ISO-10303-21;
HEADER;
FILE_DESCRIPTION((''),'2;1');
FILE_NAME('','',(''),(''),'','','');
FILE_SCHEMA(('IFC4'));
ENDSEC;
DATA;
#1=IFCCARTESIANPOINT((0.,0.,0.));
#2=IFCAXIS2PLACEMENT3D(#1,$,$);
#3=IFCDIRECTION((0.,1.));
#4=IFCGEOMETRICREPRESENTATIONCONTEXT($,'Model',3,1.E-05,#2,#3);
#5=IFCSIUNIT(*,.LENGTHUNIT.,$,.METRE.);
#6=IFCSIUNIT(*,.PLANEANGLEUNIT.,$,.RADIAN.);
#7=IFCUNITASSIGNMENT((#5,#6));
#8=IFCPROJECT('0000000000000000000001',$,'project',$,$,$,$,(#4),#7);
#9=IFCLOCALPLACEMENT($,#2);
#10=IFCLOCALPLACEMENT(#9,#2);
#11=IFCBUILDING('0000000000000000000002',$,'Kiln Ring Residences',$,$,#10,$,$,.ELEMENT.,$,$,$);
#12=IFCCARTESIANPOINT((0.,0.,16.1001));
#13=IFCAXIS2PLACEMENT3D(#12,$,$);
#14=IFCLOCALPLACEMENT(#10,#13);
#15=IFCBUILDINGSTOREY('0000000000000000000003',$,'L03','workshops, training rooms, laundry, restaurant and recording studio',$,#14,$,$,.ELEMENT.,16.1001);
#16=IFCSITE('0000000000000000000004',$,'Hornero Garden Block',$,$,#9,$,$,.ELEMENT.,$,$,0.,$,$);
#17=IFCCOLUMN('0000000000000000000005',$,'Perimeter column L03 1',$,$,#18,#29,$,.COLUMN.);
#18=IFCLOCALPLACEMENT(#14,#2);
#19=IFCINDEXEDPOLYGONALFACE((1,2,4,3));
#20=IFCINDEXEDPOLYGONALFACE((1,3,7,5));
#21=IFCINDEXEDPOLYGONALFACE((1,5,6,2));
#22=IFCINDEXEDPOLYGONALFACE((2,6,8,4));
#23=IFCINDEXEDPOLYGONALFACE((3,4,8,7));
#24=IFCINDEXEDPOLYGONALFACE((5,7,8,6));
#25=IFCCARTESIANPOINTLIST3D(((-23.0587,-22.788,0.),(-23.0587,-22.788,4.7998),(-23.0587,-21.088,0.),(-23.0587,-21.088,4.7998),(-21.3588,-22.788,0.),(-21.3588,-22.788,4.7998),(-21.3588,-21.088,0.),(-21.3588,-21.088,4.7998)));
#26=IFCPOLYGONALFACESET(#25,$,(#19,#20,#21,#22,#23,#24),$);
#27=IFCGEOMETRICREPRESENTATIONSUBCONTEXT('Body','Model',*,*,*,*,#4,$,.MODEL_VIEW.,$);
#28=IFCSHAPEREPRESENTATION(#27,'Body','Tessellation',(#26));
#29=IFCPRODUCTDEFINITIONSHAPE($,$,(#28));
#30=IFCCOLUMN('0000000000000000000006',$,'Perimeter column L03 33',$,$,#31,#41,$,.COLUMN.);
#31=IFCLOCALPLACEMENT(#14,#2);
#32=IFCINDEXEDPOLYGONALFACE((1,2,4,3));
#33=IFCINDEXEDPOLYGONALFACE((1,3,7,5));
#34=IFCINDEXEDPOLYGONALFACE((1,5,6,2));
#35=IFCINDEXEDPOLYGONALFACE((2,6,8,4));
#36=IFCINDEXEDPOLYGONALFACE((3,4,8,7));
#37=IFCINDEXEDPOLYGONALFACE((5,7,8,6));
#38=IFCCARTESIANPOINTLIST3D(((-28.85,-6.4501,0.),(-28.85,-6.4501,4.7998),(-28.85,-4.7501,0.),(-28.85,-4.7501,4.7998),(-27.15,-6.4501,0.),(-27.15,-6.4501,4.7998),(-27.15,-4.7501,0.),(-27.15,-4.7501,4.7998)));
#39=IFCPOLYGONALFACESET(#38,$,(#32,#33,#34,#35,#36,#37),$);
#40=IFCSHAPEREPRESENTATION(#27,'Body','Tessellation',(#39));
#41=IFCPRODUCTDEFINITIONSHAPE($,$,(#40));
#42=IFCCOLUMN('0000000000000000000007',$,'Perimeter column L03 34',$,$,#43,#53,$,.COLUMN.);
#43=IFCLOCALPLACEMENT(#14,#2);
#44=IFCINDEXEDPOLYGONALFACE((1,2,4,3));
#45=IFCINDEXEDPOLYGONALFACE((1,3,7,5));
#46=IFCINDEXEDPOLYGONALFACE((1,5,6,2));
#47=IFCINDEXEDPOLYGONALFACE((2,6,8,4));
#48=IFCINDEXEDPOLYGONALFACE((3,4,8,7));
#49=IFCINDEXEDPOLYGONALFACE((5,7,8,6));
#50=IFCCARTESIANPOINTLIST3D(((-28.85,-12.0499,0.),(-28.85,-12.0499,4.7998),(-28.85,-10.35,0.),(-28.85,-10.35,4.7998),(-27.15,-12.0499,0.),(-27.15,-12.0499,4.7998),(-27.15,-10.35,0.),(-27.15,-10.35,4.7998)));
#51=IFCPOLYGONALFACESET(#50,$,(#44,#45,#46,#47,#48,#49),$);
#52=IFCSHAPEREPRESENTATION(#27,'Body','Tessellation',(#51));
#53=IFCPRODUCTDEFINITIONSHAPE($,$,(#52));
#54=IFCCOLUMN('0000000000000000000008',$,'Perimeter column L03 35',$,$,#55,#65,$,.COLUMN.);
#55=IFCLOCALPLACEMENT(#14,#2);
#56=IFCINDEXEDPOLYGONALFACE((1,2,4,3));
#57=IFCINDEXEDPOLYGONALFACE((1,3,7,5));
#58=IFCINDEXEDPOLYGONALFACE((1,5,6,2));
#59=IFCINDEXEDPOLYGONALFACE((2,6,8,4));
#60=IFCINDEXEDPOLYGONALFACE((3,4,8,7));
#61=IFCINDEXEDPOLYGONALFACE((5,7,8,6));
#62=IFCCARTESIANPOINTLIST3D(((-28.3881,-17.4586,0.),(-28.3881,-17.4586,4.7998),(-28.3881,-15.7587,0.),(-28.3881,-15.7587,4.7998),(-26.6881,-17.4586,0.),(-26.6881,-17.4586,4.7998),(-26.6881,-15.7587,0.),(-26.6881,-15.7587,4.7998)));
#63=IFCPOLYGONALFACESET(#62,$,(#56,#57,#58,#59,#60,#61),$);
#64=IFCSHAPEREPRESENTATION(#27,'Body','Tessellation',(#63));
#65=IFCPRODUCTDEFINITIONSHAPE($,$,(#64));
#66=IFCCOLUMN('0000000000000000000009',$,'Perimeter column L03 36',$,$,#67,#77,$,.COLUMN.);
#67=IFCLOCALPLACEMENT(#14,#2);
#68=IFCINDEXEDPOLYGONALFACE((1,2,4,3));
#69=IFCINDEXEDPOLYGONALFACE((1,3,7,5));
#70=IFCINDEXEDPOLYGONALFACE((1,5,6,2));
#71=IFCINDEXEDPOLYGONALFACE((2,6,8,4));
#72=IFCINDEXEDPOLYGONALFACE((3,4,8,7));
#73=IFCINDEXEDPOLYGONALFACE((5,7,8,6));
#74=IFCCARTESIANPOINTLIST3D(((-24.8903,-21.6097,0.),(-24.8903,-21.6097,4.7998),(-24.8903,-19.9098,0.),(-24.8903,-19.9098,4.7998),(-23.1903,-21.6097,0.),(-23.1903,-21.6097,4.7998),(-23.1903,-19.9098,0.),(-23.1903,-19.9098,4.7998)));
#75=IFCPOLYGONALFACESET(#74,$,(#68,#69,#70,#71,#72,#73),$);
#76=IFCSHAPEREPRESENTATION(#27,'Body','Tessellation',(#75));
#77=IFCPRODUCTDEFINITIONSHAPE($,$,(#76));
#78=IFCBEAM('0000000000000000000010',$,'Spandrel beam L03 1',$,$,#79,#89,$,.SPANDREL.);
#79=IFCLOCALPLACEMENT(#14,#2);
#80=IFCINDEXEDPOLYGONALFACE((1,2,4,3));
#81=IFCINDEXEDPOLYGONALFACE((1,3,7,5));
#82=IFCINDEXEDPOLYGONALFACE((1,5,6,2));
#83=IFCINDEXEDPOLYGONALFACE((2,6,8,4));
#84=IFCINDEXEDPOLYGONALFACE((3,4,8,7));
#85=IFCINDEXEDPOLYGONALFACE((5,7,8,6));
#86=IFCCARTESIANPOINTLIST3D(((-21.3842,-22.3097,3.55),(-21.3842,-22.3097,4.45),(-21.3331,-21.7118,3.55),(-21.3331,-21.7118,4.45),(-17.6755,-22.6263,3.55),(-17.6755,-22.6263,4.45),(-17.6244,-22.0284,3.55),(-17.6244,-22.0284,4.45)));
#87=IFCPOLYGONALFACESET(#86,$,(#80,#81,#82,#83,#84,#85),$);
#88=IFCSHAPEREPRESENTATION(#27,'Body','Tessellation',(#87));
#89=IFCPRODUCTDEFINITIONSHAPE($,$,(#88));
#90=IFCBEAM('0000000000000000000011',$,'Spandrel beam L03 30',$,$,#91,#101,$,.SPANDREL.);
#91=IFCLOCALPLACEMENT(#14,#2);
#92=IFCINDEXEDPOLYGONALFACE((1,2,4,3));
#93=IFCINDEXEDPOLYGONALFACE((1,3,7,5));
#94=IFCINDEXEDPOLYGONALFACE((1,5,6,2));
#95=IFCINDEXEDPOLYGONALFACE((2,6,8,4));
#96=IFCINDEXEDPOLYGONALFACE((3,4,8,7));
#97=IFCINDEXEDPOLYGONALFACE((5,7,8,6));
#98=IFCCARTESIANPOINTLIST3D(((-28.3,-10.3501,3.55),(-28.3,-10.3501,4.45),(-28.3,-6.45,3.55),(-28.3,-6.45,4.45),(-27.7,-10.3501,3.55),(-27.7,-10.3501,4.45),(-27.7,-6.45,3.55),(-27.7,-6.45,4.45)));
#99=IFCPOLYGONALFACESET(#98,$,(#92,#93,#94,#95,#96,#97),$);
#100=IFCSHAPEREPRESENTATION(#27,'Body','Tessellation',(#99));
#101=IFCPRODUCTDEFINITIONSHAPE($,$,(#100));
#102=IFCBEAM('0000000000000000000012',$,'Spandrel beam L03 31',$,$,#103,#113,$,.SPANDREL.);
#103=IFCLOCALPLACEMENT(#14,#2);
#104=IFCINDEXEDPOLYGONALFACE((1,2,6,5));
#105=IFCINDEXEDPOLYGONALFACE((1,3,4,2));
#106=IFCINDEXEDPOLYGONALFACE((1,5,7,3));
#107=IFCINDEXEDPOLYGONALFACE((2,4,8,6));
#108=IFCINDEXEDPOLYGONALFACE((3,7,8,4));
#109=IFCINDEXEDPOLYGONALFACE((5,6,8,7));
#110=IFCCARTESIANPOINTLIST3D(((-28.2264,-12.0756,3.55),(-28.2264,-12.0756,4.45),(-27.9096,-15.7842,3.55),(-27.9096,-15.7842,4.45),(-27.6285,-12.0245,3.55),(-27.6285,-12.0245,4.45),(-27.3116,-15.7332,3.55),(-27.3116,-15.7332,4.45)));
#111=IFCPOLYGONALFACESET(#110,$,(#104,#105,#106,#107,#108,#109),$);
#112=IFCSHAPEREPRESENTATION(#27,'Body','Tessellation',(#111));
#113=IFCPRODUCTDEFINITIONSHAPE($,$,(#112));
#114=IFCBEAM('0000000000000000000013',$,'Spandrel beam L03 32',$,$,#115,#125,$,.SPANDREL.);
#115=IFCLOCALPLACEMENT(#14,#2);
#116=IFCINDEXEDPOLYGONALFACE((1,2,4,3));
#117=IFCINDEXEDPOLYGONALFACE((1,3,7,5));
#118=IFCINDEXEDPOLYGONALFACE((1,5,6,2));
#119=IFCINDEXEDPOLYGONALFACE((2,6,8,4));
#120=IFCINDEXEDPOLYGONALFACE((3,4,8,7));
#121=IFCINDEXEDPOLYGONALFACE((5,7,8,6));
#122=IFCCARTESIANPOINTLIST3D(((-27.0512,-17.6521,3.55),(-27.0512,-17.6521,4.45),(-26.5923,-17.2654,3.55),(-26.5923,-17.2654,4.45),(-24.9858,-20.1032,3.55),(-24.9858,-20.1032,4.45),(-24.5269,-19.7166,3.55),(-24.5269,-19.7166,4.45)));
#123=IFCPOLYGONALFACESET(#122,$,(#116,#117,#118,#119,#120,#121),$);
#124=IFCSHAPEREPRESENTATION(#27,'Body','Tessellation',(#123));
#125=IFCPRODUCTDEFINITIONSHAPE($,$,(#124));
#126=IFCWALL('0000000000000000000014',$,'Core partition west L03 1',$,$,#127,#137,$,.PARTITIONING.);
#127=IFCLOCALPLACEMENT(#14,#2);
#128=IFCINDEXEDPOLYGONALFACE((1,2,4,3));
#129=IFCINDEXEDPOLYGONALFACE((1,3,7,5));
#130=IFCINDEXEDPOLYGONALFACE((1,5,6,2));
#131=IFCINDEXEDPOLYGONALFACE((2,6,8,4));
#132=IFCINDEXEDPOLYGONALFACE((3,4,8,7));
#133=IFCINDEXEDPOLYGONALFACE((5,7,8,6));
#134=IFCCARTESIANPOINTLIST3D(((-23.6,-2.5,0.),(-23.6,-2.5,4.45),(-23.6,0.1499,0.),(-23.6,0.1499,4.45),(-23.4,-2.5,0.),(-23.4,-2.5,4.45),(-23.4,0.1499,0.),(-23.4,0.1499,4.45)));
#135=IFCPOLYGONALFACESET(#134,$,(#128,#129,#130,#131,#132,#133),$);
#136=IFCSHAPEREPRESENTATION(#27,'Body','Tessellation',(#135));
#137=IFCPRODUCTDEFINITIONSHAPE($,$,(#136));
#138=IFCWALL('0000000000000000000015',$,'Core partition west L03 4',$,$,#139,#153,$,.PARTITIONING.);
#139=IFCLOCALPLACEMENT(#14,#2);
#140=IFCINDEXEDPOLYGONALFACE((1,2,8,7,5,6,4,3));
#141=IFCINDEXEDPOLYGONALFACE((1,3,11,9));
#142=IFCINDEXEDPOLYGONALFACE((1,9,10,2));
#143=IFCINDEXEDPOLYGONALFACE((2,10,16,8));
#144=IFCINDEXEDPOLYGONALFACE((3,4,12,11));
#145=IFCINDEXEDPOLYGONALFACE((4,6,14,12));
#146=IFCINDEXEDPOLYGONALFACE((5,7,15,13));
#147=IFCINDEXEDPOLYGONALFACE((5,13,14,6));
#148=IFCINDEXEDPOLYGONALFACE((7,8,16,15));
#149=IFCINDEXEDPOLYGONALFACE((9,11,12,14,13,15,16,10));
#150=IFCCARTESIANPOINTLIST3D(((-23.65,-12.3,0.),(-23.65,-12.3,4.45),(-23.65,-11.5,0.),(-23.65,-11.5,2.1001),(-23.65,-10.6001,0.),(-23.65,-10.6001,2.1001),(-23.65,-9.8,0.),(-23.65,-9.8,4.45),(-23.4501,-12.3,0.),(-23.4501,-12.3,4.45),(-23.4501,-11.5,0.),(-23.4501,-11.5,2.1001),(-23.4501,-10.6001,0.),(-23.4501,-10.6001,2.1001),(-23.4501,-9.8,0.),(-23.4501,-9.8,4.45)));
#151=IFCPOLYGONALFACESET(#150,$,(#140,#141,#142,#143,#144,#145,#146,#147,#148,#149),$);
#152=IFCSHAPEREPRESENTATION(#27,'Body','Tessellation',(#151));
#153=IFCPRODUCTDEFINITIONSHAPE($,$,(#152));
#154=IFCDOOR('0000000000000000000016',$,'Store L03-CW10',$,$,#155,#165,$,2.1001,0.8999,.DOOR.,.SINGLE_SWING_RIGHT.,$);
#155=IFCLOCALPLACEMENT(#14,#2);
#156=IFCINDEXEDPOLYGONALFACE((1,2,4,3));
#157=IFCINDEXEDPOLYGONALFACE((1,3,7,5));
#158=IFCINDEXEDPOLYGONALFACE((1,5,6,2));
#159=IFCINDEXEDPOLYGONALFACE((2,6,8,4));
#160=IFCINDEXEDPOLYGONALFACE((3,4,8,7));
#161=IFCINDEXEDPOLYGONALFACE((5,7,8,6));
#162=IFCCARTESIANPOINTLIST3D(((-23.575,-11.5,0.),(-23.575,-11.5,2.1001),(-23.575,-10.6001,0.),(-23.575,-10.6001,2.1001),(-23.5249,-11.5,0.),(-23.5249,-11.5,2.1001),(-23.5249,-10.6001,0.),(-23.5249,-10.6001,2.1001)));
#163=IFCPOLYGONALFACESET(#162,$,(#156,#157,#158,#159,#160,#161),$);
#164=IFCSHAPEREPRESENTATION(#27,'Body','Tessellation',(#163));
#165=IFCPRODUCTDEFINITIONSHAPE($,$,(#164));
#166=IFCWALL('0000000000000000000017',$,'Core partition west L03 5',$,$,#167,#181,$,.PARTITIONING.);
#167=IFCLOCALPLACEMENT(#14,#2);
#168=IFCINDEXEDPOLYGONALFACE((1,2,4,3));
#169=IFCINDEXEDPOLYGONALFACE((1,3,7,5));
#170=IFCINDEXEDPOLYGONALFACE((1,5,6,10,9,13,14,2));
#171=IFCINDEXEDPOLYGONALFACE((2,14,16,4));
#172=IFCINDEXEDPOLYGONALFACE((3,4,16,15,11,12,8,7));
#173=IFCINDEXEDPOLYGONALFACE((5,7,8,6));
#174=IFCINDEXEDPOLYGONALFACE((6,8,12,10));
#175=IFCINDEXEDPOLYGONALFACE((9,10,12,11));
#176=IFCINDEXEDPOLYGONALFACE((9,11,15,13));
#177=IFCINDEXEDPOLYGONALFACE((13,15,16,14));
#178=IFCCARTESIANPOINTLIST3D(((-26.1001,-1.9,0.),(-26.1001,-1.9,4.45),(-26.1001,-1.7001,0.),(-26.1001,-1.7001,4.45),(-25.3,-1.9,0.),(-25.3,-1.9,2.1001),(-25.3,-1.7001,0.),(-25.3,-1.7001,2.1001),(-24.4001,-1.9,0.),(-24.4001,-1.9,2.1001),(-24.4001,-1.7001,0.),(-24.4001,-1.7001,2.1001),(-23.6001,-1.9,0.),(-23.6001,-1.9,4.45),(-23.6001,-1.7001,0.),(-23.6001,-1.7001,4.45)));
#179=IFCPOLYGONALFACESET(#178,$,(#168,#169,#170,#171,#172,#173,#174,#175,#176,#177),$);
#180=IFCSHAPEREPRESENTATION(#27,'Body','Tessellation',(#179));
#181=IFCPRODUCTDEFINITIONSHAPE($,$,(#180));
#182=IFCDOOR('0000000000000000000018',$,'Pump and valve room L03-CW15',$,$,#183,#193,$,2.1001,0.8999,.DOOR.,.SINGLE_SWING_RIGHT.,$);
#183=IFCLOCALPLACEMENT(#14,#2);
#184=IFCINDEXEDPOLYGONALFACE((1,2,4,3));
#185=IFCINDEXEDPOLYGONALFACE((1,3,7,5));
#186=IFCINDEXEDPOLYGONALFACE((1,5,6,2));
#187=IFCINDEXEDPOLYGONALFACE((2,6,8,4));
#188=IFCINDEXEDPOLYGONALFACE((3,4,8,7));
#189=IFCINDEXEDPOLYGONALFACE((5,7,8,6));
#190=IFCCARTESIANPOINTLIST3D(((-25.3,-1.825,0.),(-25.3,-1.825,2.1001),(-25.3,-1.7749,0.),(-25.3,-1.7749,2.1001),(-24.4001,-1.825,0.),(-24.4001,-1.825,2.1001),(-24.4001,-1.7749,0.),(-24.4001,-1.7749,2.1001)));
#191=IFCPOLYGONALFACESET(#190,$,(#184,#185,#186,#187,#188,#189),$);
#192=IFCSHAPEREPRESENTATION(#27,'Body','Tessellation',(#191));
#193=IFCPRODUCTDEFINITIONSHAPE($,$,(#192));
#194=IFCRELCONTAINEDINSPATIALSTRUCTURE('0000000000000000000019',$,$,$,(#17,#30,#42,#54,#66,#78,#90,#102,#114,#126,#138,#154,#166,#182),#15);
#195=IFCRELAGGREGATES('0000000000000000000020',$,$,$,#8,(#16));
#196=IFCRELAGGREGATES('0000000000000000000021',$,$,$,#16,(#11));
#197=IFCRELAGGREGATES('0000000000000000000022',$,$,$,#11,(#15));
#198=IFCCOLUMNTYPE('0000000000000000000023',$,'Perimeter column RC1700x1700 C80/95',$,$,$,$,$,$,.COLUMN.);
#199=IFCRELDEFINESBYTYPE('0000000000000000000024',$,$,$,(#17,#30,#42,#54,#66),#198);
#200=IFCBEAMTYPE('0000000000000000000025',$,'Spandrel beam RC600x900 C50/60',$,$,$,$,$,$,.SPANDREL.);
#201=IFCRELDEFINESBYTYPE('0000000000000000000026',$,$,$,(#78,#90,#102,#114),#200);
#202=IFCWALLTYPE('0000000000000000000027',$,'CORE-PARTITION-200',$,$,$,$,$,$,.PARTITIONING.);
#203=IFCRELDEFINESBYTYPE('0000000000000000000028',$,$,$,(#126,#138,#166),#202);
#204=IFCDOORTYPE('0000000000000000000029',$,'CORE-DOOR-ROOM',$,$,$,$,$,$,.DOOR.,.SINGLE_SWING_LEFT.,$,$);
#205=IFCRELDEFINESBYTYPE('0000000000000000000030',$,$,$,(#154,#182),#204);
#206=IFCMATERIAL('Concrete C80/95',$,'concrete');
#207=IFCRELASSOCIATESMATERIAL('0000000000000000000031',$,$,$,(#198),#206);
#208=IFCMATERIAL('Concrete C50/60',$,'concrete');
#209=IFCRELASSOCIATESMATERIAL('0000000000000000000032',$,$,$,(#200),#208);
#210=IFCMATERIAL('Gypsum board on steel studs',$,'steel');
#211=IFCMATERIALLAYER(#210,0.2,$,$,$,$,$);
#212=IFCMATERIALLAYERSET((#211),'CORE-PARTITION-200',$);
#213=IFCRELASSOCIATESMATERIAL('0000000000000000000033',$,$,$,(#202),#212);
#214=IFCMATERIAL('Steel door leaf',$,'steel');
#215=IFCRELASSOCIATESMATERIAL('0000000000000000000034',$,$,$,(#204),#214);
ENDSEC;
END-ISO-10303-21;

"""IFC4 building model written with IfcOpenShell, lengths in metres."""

from ifc_helpers import new_model, si_unit, direction, frame, frame_2d, origin, origin_2d, place, context, subcontext, project, spatial, rectangle, extrude, material, layer, layer_set, material_profile, profile_set, type_object, element, fill, save


model = new_model("IFC4")

# Units and contexts
model_context = context("Model", 3, precision=1e-05, world=origin(), true_north=direction((0.0, 1.0)))
body_context = subcontext(model_context, "Body", "Model", "MODEL_VIEW")
ifc_project = project(units=[si_unit("LENGTHUNIT", "METRE"), si_unit("PLANEANGLEUNIT", "RADIAN")], contexts=[model_context])

# Site, building, storey
site_placement = place(None, origin())
site = spatial("IfcSite", under=ifc_project, at=site_placement, Name="Hornero Garden Block", CompositionType="ELEMENT", RefElevation=0.0)
building_placement = place(site_placement, origin())
building = spatial("IfcBuilding", under=site, at=building_placement, Name="Kiln Ring Residences", CompositionType="ELEMENT")
storey_placement = place(building_placement, frame((0.0, 0.0, 16.1001)))
storey = spatial("IfcBuildingStorey", under=building, at=storey_placement, Name="L03", Description="workshops, training rooms, laundry, restaurant and recording studio", CompositionType="ELEMENT", Elevation=16.1001)

# Columns
ifc_material_1 = material(Name="Concrete C80/95", Category="concrete")
ifc_material_profile_1 = material_profile(ifc_material_1, rectangle(XDim=1.7, YDim=1.7, at=origin_2d()), Name="RC1700x1700")
ifc_profile_set_1 = profile_set([ifc_material_profile_1], Name="Concrete C80/95")
column_type = type_object("IfcColumnType", Name="Perimeter column RC1700x1700 C80/95", PredefinedType="COLUMN", material=ifc_profile_set_1)
for number, where, z_axis, x_axis, name in (
    (1, (-22.2087, -21.938, 0.0), (0.0, 0.0, 1.0), (1.0, 0.0, 0.0), "Perimeter column L03 1"),
    (2, (-28.0, -5.6001, 0.0), (0.0, 0.0, 1.0), (1.0, 0.0, 0.0), "Perimeter column L03 33"),
    (3, (-28.0, -11.2, 0.0), (0.0, 0.0, 1.0), (1.0, 0.0, 0.0), "Perimeter column L03 34"),
    (4, (-27.5381, -16.6086, 0.0), (0.0, 0.0, 1.0), (1.0, 0.0, 0.0), "Perimeter column L03 35"),
    (5, (-24.0403, -20.7598, 0.0), (0.0, 0.0, 1.0), (1.0, 0.0, 0.0), "Perimeter column L03 36"),
):
    element("IfcColumn", number, at=place(storey_placement, frame(where, z_axis=z_axis, x_axis=x_axis)), inside=storey, type_object=column_type, Name=name, PredefinedType="COLUMN", context=body_context, shape_type="SweptSolid", body=[
        extrude(rectangle(XDim=1.7, YDim=1.7, at=origin_2d()), origin(), (0.0, 0.0, 1.0), 4.7998),
    ])

# Beams
ifc_material_2 = material(Name="Concrete C50/60", Category="concrete")
ifc_material_profile_2 = material_profile(ifc_material_2, rectangle(XDim=0.6001, YDim=0.8999, at=origin_2d()), Name="RC600x900")
ifc_profile_set_2 = profile_set([ifc_material_profile_2], Name="Concrete C50/60")
beam_type = type_object("IfcBeamType", Name="Spandrel beam RC600x900 C50/60", PredefinedType="SPANDREL", material=ifc_profile_set_2)
beam_1_placement = place(storey_placement, frame((-21.3586, -22.0107, 4.0), z_axis=(0.996375, -0.08507, 0.0), x_axis=(0.08507, 0.996375, 0.0)))
element("IfcBeam", 6, at=beam_1_placement, inside=storey, type_object=beam_type, Name="Spandrel beam L03 1", PredefinedType="SPANDREL", context=body_context, shape_type="SweptSolid", body=[
    extrude(rectangle(XDim=0.6001, YDim=0.8999, at=origin_2d()), origin(), (0.0, 0.0, 1.0), 3.7222),
])
beam_2_placement = place(storey_placement, frame((-28.0, -6.45, 4.0), z_axis=(0.0, -1.0, 0.0), x_axis=(1.0, 0.0, 0.0)))
element("IfcBeam", 7, at=beam_2_placement, inside=storey, type_object=beam_type, Name="Spandrel beam L03 30", PredefinedType="SPANDREL", context=body_context, shape_type="SweptSolid", body=[
    extrude(rectangle(XDim=0.6001, YDim=0.8999, at=origin_2d()), origin(), (0.0, 0.0, 1.0), 3.9001),
])
beam_3_placement = place(storey_placement, frame((-27.9275, -12.05, 4.0), z_axis=(0.085135, -0.996369, 0.0), x_axis=(0.996369, 0.085135, 0.0)))
element("IfcBeam", 8, at=beam_3_placement, inside=storey, type_object=beam_type, Name="Spandrel beam L03 31", PredefinedType="SPANDREL", context=body_context, shape_type="SweptSolid", body=[
    extrude(rectangle(XDim=0.6001, YDim=0.8999, at=origin_2d()), origin(), (0.0, 0.0, 1.0), 3.7222),
])
beam_4_placement = place(storey_placement, frame((-26.8218, -17.4587, 4.0), z_axis=(0.64437, -0.764714, 0.0), x_axis=(0.764714, 0.64437, 0.0)))
element("IfcBeam", 9, at=beam_4_placement, inside=storey, type_object=beam_type, Name="Spandrel beam L03 32", PredefinedType="SPANDREL", context=body_context, shape_type="SweptSolid", body=[
    extrude(rectangle(XDim=0.6001, YDim=0.8999, at=origin_2d()), origin(), (0.0, 0.0, 1.0), 3.2053),
])

# Wall
ifc_material_3 = material(Name="Gypsum board on steel studs", Category="steel")
ifc_layer_1 = layer(ifc_material_3, 0.2)
ifc_layer_set_1 = layer_set([ifc_layer_1], Name="CORE-PARTITION-200")
wall_type_1 = type_object("IfcWallType", Name="CORE-PARTITION-200", PredefinedType="PARTITIONING", material=ifc_layer_set_1)
wall_1_placement = place(storey_placement, frame((-23.5, -2.5, 0.0), z_axis=(0.0, 0.0, 1.0), x_axis=(0.0, 1.0, 0.0)))
element("IfcWall", 10, at=wall_1_placement, inside=storey, type_object=wall_type_1, Name="Core partition west L03 1", PredefinedType="PARTITIONING", context=body_context, shape_type="SweptSolid", body=[
    extrude(rectangle(XDim=2.6499, YDim=0.2, at=frame_2d((1.325, 0.0))), origin(), (0.0, 0.0, 1.0), 4.45),
])

# Walls, openings, doors
wall_2_placement = place(storey_placement, frame((-23.55, -12.3, 0.0), z_axis=(0.0, 0.0, 1.0), x_axis=(0.0, 1.0, 0.0)))
wall_2 = element("IfcWall", 11, at=wall_2_placement, inside=storey, type_object=wall_type_1, Name="Core partition west L03 4", PredefinedType="PARTITIONING", context=body_context, shape_type="SweptSolid", body=[
    extrude(rectangle(XDim=2.5, YDim=0.2, at=frame_2d((1.25, 0.0))), origin(), (0.0, 0.0, 1.0), 4.45),
])
opening_1_placement = place(wall_2_placement, frame((0.8, 0.0, 0.0)))
opening_1 = element("IfcOpeningElement", 12, at=opening_1_placement, cuts=wall_2, PredefinedType="OPENING", context=body_context, shape_type="SweptSolid", body=[
    extrude(rectangle(XDim=0.8999, YDim=2.1001, at=frame_2d((0.45, 1.05))), frame((0.0, 0.1099, 0.0), z_axis=(0.0, -1.0, 0.0), x_axis=(1.0, 0.0, 0.0)), (0.0, 0.0, 1.0), 0.22),
])
ifc_material_4 = material(Name="Steel door leaf", Category="steel")
door_type = type_object("IfcDoorType", Name="CORE-DOOR-ROOM", OperationType="SINGLE_SWING_LEFT", PredefinedType="DOOR", material=ifc_material_4)
door_1_placement = place(opening_1_placement, origin())
door_1 = element("IfcDoor", 13, at=door_1_placement, inside=storey, type_object=door_type, Name="Store L03-CW10", OperationType="SINGLE_SWING_RIGHT", OverallHeight=2.1001, OverallWidth=0.8999, PredefinedType="DOOR", context=body_context, shape_type="SweptSolid", body=[
    extrude(rectangle(XDim=0.8999, YDim=2.1001, at=frame_2d((0.45, 1.05))), frame((0.0, 0.0249, 0.0), z_axis=(0.0, -1.0, 0.0), x_axis=(1.0, 0.0, 0.0)), (0.0, 0.0, 1.0), 0.05),
])
fill(opening_1, door_1)
wall_3_placement = place(storey_placement, frame((-23.6001, -1.8, 0.0), z_axis=(0.0, 0.0, 1.0), x_axis=(-1.0, 0.0, 0.0)))
wall_3 = element("IfcWall", 14, at=wall_3_placement, inside=storey, type_object=wall_type_1, Name="Core partition west L03 5", PredefinedType="PARTITIONING", context=body_context, shape_type="SweptSolid", body=[
    extrude(rectangle(XDim=2.5, YDim=0.2, at=frame_2d((1.25, 0.0))), origin(), (0.0, 0.0, 1.0), 4.45),
])
opening_2_placement = place(wall_3_placement, frame((0.8, 0.0, 0.0)))
opening_2 = element("IfcOpeningElement", 15, at=opening_2_placement, cuts=wall_3, PredefinedType="OPENING", context=body_context, shape_type="SweptSolid", body=[
    extrude(rectangle(XDim=0.8999, YDim=2.1001, at=frame_2d((0.45, 1.05))), frame((0.0, 0.1099, 0.0), z_axis=(0.0, -1.0, 0.0), x_axis=(1.0, 0.0, 0.0)), (0.0, 0.0, 1.0), 0.22),
])
door_2_placement = place(opening_2_placement, origin())
door_2 = element("IfcDoor", 16, at=door_2_placement, inside=storey, type_object=door_type, Name="Pump and valve room L03-CW15", OperationType="SINGLE_SWING_RIGHT", OverallHeight=2.1001, OverallWidth=0.8999, PredefinedType="DOOR", context=body_context, shape_type="SweptSolid", body=[
    extrude(rectangle(XDim=0.8999, YDim=2.1001, at=frame_2d((0.45, 1.05))), frame((0.0, 0.0249, 0.0), z_axis=(0.0, -1.0, 0.0), x_axis=(1.0, 0.0, 0.0)), (0.0, 0.0, 1.0), 0.05),
])
fill(opening_2, door_2)

save(model, "model.ifc")
